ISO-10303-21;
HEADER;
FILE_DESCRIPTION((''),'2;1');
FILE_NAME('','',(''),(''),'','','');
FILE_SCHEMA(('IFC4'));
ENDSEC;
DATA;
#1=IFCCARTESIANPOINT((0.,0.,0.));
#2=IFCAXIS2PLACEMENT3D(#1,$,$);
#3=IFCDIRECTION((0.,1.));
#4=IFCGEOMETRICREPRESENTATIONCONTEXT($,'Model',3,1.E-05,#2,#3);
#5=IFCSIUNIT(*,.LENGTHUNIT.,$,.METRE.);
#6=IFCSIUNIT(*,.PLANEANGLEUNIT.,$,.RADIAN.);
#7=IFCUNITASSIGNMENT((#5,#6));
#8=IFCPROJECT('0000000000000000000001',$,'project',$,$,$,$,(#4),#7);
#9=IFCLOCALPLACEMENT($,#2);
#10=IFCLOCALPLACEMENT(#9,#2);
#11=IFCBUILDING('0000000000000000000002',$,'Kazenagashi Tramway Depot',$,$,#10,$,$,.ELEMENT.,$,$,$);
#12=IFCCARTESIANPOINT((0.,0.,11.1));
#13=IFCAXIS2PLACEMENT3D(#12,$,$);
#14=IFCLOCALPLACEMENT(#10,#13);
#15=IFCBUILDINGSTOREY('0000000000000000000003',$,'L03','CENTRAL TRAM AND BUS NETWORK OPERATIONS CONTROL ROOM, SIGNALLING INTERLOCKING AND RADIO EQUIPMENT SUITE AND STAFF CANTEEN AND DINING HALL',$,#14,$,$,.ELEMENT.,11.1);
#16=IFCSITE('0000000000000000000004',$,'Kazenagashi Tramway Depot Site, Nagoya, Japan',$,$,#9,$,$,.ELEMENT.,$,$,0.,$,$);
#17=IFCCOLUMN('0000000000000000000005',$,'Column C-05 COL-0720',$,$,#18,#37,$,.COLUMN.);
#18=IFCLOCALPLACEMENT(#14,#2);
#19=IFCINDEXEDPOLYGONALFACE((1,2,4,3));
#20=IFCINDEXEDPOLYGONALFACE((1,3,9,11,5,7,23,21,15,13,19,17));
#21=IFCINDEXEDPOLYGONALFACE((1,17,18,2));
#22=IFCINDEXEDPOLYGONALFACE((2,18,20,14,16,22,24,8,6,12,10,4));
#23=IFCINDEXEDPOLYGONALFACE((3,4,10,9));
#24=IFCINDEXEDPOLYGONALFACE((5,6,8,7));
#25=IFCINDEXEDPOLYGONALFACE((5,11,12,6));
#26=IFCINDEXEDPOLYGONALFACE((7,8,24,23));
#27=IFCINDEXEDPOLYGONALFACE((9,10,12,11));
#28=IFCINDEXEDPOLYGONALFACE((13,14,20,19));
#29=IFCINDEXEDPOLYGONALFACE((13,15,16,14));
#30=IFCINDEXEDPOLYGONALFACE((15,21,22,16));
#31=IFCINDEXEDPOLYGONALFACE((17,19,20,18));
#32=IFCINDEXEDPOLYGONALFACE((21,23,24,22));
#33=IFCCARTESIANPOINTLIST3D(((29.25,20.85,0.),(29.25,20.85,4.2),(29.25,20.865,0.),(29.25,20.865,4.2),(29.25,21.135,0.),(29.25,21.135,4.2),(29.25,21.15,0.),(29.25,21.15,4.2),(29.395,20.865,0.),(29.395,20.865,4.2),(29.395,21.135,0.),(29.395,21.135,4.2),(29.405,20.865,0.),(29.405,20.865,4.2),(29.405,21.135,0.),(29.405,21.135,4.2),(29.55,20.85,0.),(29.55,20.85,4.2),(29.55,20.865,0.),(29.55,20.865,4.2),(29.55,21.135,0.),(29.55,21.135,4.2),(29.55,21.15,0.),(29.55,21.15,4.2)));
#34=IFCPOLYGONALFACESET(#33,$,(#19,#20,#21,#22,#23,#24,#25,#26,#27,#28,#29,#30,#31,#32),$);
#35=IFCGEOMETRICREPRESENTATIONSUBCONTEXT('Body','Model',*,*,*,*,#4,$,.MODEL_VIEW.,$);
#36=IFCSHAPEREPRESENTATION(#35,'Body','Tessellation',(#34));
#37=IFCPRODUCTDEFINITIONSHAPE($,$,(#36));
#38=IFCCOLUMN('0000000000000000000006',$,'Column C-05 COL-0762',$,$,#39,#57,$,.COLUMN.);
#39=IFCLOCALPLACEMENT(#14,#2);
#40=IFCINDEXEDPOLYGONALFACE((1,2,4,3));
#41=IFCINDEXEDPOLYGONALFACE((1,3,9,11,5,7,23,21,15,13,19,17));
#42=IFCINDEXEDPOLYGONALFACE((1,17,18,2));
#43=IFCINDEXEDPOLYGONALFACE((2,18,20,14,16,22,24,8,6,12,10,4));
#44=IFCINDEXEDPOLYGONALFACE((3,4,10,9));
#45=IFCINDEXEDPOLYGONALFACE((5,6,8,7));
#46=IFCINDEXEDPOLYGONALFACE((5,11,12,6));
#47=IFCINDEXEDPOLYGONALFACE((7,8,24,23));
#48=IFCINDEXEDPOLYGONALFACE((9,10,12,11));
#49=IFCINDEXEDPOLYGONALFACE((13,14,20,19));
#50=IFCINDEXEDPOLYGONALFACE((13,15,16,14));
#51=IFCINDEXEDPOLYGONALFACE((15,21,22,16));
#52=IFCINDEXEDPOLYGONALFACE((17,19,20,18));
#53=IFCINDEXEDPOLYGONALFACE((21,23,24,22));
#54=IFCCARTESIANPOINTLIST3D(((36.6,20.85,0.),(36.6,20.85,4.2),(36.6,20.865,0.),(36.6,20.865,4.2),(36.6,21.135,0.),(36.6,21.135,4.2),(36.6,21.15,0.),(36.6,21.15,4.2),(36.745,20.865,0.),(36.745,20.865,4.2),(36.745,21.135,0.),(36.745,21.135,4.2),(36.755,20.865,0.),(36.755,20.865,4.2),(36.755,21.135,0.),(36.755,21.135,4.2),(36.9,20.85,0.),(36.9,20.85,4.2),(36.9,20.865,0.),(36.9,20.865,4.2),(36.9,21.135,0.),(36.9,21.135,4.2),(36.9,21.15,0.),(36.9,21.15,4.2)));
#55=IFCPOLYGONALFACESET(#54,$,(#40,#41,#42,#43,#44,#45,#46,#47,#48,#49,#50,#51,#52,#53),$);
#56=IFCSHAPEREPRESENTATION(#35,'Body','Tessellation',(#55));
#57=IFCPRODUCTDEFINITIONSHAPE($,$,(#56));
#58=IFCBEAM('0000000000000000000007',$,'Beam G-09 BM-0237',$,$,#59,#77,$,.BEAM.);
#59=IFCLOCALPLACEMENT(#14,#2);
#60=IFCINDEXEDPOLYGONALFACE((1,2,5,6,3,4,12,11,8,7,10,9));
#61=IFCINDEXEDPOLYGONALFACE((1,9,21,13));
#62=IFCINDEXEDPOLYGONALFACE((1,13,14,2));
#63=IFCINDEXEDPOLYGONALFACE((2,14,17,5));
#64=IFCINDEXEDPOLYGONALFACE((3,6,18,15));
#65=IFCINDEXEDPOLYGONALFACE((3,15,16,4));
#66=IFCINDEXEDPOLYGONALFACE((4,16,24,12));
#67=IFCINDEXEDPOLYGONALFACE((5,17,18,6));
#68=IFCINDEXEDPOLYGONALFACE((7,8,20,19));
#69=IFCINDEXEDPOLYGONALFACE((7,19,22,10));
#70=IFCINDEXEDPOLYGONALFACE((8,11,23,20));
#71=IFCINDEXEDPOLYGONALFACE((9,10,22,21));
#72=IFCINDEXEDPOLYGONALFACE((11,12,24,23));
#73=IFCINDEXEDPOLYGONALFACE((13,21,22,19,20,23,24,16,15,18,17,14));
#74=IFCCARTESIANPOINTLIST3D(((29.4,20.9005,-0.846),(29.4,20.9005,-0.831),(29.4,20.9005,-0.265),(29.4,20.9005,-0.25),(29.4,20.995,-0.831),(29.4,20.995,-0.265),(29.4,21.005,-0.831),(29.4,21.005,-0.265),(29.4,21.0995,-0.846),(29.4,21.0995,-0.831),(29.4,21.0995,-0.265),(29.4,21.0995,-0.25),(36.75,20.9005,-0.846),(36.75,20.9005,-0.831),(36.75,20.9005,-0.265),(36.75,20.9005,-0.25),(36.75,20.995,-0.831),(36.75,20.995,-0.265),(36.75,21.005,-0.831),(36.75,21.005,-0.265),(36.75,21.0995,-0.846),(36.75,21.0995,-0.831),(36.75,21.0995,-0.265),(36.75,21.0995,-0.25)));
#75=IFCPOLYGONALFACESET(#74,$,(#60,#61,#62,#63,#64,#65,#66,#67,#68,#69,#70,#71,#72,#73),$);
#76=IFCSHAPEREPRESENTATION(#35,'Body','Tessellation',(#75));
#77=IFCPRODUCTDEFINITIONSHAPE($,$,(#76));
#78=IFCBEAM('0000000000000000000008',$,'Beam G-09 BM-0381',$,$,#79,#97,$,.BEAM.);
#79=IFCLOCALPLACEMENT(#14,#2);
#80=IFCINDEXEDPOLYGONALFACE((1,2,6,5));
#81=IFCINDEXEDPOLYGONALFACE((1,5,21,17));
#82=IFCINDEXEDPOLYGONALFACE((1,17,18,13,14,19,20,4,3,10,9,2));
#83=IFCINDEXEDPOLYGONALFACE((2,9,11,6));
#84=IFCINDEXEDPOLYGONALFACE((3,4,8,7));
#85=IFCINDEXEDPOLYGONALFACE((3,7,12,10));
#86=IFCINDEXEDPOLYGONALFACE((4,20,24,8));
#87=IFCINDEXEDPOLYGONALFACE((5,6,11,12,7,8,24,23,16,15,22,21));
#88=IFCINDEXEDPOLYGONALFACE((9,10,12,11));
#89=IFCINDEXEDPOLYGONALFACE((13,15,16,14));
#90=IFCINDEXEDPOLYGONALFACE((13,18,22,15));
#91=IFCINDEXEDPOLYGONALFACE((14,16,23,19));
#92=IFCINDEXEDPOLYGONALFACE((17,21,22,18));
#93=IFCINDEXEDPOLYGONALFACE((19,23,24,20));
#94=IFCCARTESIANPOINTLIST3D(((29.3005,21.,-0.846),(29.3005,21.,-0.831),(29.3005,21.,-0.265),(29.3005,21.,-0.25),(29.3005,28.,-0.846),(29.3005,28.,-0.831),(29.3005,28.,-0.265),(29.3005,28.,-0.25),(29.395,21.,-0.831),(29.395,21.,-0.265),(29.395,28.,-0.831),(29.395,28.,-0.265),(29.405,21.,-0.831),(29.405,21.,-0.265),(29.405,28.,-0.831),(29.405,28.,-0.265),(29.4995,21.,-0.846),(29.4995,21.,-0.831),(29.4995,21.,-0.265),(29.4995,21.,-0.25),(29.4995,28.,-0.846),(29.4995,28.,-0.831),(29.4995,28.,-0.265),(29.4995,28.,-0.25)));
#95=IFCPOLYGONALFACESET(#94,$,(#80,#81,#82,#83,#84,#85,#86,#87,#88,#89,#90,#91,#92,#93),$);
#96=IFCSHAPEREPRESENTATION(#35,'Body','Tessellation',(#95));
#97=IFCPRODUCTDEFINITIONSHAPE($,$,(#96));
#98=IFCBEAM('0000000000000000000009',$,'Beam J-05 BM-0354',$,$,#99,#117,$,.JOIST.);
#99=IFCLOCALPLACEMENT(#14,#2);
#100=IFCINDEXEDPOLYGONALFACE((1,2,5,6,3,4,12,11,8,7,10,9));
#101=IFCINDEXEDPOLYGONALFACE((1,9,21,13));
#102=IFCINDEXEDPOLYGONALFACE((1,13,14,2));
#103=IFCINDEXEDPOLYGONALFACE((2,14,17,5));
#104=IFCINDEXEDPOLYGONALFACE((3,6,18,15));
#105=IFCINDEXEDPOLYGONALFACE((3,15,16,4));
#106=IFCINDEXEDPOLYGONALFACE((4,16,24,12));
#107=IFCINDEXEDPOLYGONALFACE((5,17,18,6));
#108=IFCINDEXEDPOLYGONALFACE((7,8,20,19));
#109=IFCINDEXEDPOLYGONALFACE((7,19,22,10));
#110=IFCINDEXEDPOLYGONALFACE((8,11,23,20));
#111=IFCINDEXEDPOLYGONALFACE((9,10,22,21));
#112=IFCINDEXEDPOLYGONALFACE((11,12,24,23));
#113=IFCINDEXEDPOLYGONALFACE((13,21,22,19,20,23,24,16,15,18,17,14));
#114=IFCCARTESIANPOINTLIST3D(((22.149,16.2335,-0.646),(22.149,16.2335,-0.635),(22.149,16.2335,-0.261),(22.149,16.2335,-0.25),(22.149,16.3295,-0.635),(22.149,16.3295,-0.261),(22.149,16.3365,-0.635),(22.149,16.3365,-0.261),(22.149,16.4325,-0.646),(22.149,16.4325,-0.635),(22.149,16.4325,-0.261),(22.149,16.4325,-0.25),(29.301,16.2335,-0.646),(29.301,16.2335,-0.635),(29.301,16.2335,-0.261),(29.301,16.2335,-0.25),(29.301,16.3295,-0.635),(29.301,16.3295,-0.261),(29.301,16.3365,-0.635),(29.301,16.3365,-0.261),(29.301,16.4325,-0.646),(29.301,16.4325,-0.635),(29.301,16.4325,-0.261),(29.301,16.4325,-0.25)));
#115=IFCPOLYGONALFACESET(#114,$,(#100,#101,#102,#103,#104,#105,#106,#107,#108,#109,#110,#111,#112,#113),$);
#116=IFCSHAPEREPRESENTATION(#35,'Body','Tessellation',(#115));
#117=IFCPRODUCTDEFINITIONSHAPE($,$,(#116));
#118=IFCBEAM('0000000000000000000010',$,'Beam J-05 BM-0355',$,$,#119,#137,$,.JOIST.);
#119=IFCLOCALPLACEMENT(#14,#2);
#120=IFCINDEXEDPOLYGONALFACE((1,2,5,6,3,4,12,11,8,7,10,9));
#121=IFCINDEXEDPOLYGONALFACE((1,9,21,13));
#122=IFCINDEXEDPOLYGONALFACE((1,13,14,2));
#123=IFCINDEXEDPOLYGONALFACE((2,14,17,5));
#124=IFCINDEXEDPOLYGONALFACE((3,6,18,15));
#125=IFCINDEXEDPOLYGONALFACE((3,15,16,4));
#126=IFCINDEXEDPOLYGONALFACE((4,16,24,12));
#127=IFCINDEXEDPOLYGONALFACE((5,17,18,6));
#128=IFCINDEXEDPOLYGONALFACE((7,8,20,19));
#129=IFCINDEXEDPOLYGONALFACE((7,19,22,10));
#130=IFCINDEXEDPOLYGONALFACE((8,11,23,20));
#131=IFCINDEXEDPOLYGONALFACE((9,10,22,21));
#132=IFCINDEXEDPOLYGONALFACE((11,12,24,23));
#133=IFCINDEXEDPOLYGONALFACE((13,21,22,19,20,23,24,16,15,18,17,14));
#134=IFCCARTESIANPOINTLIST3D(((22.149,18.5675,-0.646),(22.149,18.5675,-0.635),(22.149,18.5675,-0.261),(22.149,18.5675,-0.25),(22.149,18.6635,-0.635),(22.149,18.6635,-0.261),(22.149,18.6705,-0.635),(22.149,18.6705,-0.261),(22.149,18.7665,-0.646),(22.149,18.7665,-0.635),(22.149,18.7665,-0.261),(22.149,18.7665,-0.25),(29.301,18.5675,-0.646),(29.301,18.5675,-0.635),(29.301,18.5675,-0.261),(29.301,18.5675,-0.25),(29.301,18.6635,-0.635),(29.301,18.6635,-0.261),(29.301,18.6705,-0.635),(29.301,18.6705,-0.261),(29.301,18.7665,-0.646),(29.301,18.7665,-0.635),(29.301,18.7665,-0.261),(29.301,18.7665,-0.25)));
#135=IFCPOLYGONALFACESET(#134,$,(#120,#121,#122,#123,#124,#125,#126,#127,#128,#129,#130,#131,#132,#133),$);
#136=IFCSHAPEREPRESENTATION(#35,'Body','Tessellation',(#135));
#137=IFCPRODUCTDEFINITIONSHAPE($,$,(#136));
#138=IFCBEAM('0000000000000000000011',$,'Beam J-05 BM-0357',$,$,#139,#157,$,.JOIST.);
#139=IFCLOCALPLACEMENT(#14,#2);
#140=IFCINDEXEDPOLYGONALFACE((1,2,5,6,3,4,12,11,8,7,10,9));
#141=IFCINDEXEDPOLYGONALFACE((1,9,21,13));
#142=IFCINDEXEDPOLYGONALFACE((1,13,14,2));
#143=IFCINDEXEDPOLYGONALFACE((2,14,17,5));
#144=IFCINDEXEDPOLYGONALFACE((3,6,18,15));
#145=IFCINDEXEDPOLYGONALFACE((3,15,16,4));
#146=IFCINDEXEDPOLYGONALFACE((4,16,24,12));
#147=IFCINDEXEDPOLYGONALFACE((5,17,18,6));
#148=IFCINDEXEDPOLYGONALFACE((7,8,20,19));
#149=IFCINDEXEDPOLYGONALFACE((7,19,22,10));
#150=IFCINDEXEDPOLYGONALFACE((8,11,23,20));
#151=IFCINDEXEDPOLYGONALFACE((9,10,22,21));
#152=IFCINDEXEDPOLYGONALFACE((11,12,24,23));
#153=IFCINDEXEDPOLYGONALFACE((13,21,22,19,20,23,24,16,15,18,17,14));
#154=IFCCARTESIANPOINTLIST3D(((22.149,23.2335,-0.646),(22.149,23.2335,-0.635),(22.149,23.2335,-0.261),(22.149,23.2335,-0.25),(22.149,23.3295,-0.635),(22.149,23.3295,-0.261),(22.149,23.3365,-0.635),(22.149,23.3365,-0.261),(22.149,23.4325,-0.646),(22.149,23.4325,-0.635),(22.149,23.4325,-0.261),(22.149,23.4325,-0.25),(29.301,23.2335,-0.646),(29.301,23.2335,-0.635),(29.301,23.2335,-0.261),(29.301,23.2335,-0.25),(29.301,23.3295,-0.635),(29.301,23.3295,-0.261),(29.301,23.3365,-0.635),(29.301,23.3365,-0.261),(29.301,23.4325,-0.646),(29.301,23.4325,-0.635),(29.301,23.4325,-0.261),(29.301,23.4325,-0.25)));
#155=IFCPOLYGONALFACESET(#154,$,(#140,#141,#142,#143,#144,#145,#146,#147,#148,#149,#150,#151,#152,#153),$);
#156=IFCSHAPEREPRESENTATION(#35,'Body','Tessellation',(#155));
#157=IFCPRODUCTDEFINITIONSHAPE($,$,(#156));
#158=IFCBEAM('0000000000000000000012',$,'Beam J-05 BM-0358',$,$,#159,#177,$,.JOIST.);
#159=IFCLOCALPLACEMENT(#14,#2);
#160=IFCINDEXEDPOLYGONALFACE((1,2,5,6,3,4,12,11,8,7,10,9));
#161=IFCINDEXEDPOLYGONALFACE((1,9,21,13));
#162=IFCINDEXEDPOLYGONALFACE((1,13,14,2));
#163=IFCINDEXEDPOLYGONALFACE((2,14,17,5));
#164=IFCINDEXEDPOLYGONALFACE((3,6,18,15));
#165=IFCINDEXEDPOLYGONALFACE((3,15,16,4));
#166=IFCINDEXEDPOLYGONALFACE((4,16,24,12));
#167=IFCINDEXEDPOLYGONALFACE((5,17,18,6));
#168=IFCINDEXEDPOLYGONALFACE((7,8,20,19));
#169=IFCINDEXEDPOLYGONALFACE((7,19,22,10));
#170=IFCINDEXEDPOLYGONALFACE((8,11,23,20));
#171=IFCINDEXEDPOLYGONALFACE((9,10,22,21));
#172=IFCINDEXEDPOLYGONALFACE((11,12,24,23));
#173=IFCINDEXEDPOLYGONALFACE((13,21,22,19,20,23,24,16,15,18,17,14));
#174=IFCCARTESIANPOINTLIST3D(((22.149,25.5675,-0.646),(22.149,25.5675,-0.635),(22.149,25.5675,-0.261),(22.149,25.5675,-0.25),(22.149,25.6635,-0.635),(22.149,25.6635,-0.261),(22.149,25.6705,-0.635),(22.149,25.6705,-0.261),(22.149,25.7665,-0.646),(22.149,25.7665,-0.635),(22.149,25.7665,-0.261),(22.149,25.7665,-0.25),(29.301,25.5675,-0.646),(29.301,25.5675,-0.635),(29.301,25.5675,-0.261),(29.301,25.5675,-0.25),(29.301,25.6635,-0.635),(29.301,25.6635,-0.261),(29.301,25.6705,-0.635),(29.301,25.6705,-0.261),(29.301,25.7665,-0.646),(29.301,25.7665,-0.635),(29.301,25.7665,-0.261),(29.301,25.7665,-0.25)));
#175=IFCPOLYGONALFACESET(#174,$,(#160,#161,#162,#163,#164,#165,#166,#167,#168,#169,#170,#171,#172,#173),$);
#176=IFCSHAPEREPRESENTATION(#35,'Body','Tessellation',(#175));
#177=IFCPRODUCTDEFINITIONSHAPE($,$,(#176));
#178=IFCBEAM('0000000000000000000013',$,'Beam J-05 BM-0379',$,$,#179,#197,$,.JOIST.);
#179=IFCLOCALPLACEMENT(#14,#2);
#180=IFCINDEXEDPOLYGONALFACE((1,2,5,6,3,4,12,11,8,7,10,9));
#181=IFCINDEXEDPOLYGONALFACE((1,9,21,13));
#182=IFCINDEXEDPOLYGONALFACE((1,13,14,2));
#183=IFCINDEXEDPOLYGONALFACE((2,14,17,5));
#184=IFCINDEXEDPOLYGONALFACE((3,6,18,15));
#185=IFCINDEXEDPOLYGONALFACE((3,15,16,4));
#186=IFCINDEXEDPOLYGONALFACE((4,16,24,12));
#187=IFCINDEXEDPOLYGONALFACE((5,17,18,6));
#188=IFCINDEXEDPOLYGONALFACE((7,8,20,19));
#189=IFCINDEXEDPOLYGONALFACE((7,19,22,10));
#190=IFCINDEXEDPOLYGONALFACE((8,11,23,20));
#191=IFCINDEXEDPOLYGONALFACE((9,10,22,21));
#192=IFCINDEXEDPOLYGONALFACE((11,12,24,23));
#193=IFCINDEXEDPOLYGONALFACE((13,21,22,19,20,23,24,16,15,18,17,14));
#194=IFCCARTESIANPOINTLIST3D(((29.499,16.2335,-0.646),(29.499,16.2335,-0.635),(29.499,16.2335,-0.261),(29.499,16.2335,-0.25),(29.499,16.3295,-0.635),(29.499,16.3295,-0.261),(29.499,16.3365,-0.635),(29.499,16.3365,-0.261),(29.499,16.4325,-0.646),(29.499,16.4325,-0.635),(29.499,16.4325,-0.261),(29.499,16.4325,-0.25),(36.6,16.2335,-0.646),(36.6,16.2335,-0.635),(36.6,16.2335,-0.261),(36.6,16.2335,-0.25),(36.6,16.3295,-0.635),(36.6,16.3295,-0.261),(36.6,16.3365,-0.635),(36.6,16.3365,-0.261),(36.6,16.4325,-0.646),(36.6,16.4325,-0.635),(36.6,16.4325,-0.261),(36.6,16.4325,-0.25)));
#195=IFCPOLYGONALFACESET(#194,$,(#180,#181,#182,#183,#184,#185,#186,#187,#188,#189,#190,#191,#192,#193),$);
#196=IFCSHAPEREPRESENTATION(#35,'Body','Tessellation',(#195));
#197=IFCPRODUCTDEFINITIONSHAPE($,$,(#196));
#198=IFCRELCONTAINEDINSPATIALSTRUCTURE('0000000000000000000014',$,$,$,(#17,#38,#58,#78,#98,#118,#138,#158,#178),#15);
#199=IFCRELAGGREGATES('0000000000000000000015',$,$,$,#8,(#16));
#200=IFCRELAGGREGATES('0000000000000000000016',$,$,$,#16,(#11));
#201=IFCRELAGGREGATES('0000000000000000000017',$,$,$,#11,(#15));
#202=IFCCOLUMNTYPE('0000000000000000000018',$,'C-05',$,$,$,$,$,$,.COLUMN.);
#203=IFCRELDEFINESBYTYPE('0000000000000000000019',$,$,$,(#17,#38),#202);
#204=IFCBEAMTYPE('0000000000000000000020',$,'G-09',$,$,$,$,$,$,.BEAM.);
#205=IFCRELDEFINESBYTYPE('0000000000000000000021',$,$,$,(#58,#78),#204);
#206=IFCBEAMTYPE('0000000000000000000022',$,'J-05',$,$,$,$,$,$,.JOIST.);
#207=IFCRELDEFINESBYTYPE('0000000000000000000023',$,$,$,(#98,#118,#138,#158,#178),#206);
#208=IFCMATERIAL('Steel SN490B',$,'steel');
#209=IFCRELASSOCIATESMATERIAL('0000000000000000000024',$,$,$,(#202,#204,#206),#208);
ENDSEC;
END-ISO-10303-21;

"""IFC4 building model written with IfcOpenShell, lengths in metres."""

from ifc_helpers import new_model, si_unit, direction, frame, origin, origin_2d, place, context, subcontext, project, spatial, i_section, extrude, material, material_profile, profile_set, type_object, element, save


model = new_model("IFC4")

# Units and contexts
model_context = context("Model", 3, precision=1e-05, world=origin(), true_north=direction((0.0, 1.0)))
body_context = subcontext(model_context, "Body", "Model", "MODEL_VIEW")
ifc_project = project(units=[si_unit("LENGTHUNIT", "METRE"), si_unit("PLANEANGLEUNIT", "RADIAN")], contexts=[model_context])

# Site, building, storey
site_placement = place(None, origin())
site = spatial("IfcSite", under=ifc_project, at=site_placement, Name="Kazenagashi Tramway Depot Site, Nagoya, Japan", CompositionType="ELEMENT", RefElevation=0.0)
building_placement = place(site_placement, origin())
building = spatial("IfcBuilding", under=site, at=building_placement, Name="Kazenagashi Tramway Depot", CompositionType="ELEMENT")
storey_placement = place(building_placement, frame((0.0, 0.0, 11.1)))
storey = spatial("IfcBuildingStorey", under=building, at=storey_placement, Name="L03", Description="CENTRAL TRAM AND BUS NETWORK OPERATIONS CONTROL ROOM, SIGNALLING INTERLOCKING AND RADIO EQUIPMENT SUITE AND STAFF CANTEEN AND DINING HALL", CompositionType="ELEMENT", Elevation=11.1)

# Columns
ifc_material_1 = material(Name="Steel SN490B", Category="steel")
ifc_material_profile_1 = material_profile(ifc_material_1, i_section(OverallWidth=0.3, OverallDepth=0.3, WebThickness=0.01, FlangeThickness=0.015, at=origin_2d()), Name="H-300x300x10x15")
ifc_profile_set_1 = profile_set([ifc_material_profile_1], Name="Steel SN490B")
column_type = type_object("IfcColumnType", Name="C-05", PredefinedType="COLUMN", material=ifc_profile_set_1)
for number, where, z_axis, x_axis, name in (
    (1, (29.4, 21.0, 0.0), (0.0, 0.0, 1.0), (1.0, 0.0, 0.0), "Column C-05 COL-0720"),
    (2, (36.75, 21.0, 0.0), (0.0, 0.0, 1.0), (1.0, 0.0, 0.0), "Column C-05 COL-0762"),
):
    element("IfcColumn", number, at=place(storey_placement, frame(where, z_axis=z_axis, x_axis=x_axis)), inside=storey, type_object=column_type, Name=name, PredefinedType="COLUMN", context=body_context, shape_type="SweptSolid", body=[
        extrude(i_section(OverallWidth=0.3, OverallDepth=0.3, WebThickness=0.01, FlangeThickness=0.015, at=origin_2d()), origin(), (0.0, 0.0, 1.0), 4.2),
    ])

# Beams
ifc_material_profile_2 = material_profile(ifc_material_1, i_section(OverallWidth=0.199, OverallDepth=0.596, WebThickness=0.01, FlangeThickness=0.015, at=origin_2d()), Name="H-596x199x10x15")
ifc_profile_set_2 = profile_set([ifc_material_profile_2], Name="Steel SN490B")
beam_type_1 = type_object("IfcBeamType", Name="G-09", PredefinedType="BEAM", material=ifc_profile_set_2)
beam_1_placement = place(storey_placement, frame((29.4, 21.0, -0.548), z_axis=(1.0, 0.0, 0.0), x_axis=(0.0, 1.0, 0.0)))
element("IfcBeam", 3, at=beam_1_placement, inside=storey, type_object=beam_type_1, Name="Beam G-09 BM-0237", PredefinedType="BEAM", context=body_context, shape_type="SweptSolid", body=[
    extrude(i_section(OverallWidth=0.199, OverallDepth=0.596, WebThickness=0.01, FlangeThickness=0.015, at=origin_2d()), origin(), (0.0, 0.0, 1.0), 7.35),
])
beam_2_placement = place(storey_placement, frame((29.4, 21.0, -0.548), z_axis=(0.0, 1.0, 0.0), x_axis=(-1.0, 0.0, 0.0)))
element("IfcBeam", 4, at=beam_2_placement, inside=storey, type_object=beam_type_1, Name="Beam G-09 BM-0381", PredefinedType="BEAM", context=body_context, shape_type="SweptSolid", body=[
    extrude(i_section(OverallWidth=0.199, OverallDepth=0.596, WebThickness=0.01, FlangeThickness=0.015, at=origin_2d()), origin(), (0.0, 0.0, 1.0), 7.0),
])
ifc_material_profile_3 = material_profile(ifc_material_1, i_section(OverallWidth=0.199, OverallDepth=0.396, WebThickness=0.007, FlangeThickness=0.011, at=origin_2d()), Name="H-396x199x7x11")
ifc_profile_set_3 = profile_set([ifc_material_profile_3], Name="Steel SN490B")
beam_type_2 = type_object("IfcBeamType", Name="J-05", PredefinedType="JOIST", material=ifc_profile_set_3)
for number, where, z_axis, x_axis, name in (
    (5, (22.149, 16.333, -0.448), (1.0, 0.0, 0.0), (0.0, 1.0, 0.0), "Beam J-05 BM-0354"),
    (6, (22.149, 18.667, -0.448), (1.0, 0.0, 0.0), (0.0, 1.0, 0.0), "Beam J-05 BM-0355"),
    (7, (22.149, 23.333, -0.448), (1.0, 0.0, 0.0), (0.0, 1.0, 0.0), "Beam J-05 BM-0357"),
    (8, (22.149, 25.667, -0.448), (1.0, 0.0, 0.0), (0.0, 1.0, 0.0), "Beam J-05 BM-0358"),
):
    element("IfcBeam", number, at=place(storey_placement, frame(where, z_axis=z_axis, x_axis=x_axis)), inside=storey, type_object=beam_type_2, Name=name, PredefinedType="JOIST", context=body_context, shape_type="SweptSolid", body=[
        extrude(i_section(OverallWidth=0.199, OverallDepth=0.396, WebThickness=0.007, FlangeThickness=0.011, at=origin_2d()), origin(), (0.0, 0.0, 1.0), 7.152),
    ])
for number, where, z_axis, x_axis, name in (
    (9, (29.499, 16.333, -0.448), (1.0, 0.0, 0.0), (0.0, 1.0, 0.0), "Beam J-05 BM-0379"),
):
    element("IfcBeam", number, at=place(storey_placement, frame(where, z_axis=z_axis, x_axis=x_axis)), inside=storey, type_object=beam_type_2, Name=name, PredefinedType="JOIST", context=body_context, shape_type="SweptSolid", body=[
        extrude(i_section(OverallWidth=0.199, OverallDepth=0.396, WebThickness=0.007, FlangeThickness=0.011, at=origin_2d()), origin(), (0.0, 0.0, 1.0), 7.101),
    ])

save(model, "model.ifc")
